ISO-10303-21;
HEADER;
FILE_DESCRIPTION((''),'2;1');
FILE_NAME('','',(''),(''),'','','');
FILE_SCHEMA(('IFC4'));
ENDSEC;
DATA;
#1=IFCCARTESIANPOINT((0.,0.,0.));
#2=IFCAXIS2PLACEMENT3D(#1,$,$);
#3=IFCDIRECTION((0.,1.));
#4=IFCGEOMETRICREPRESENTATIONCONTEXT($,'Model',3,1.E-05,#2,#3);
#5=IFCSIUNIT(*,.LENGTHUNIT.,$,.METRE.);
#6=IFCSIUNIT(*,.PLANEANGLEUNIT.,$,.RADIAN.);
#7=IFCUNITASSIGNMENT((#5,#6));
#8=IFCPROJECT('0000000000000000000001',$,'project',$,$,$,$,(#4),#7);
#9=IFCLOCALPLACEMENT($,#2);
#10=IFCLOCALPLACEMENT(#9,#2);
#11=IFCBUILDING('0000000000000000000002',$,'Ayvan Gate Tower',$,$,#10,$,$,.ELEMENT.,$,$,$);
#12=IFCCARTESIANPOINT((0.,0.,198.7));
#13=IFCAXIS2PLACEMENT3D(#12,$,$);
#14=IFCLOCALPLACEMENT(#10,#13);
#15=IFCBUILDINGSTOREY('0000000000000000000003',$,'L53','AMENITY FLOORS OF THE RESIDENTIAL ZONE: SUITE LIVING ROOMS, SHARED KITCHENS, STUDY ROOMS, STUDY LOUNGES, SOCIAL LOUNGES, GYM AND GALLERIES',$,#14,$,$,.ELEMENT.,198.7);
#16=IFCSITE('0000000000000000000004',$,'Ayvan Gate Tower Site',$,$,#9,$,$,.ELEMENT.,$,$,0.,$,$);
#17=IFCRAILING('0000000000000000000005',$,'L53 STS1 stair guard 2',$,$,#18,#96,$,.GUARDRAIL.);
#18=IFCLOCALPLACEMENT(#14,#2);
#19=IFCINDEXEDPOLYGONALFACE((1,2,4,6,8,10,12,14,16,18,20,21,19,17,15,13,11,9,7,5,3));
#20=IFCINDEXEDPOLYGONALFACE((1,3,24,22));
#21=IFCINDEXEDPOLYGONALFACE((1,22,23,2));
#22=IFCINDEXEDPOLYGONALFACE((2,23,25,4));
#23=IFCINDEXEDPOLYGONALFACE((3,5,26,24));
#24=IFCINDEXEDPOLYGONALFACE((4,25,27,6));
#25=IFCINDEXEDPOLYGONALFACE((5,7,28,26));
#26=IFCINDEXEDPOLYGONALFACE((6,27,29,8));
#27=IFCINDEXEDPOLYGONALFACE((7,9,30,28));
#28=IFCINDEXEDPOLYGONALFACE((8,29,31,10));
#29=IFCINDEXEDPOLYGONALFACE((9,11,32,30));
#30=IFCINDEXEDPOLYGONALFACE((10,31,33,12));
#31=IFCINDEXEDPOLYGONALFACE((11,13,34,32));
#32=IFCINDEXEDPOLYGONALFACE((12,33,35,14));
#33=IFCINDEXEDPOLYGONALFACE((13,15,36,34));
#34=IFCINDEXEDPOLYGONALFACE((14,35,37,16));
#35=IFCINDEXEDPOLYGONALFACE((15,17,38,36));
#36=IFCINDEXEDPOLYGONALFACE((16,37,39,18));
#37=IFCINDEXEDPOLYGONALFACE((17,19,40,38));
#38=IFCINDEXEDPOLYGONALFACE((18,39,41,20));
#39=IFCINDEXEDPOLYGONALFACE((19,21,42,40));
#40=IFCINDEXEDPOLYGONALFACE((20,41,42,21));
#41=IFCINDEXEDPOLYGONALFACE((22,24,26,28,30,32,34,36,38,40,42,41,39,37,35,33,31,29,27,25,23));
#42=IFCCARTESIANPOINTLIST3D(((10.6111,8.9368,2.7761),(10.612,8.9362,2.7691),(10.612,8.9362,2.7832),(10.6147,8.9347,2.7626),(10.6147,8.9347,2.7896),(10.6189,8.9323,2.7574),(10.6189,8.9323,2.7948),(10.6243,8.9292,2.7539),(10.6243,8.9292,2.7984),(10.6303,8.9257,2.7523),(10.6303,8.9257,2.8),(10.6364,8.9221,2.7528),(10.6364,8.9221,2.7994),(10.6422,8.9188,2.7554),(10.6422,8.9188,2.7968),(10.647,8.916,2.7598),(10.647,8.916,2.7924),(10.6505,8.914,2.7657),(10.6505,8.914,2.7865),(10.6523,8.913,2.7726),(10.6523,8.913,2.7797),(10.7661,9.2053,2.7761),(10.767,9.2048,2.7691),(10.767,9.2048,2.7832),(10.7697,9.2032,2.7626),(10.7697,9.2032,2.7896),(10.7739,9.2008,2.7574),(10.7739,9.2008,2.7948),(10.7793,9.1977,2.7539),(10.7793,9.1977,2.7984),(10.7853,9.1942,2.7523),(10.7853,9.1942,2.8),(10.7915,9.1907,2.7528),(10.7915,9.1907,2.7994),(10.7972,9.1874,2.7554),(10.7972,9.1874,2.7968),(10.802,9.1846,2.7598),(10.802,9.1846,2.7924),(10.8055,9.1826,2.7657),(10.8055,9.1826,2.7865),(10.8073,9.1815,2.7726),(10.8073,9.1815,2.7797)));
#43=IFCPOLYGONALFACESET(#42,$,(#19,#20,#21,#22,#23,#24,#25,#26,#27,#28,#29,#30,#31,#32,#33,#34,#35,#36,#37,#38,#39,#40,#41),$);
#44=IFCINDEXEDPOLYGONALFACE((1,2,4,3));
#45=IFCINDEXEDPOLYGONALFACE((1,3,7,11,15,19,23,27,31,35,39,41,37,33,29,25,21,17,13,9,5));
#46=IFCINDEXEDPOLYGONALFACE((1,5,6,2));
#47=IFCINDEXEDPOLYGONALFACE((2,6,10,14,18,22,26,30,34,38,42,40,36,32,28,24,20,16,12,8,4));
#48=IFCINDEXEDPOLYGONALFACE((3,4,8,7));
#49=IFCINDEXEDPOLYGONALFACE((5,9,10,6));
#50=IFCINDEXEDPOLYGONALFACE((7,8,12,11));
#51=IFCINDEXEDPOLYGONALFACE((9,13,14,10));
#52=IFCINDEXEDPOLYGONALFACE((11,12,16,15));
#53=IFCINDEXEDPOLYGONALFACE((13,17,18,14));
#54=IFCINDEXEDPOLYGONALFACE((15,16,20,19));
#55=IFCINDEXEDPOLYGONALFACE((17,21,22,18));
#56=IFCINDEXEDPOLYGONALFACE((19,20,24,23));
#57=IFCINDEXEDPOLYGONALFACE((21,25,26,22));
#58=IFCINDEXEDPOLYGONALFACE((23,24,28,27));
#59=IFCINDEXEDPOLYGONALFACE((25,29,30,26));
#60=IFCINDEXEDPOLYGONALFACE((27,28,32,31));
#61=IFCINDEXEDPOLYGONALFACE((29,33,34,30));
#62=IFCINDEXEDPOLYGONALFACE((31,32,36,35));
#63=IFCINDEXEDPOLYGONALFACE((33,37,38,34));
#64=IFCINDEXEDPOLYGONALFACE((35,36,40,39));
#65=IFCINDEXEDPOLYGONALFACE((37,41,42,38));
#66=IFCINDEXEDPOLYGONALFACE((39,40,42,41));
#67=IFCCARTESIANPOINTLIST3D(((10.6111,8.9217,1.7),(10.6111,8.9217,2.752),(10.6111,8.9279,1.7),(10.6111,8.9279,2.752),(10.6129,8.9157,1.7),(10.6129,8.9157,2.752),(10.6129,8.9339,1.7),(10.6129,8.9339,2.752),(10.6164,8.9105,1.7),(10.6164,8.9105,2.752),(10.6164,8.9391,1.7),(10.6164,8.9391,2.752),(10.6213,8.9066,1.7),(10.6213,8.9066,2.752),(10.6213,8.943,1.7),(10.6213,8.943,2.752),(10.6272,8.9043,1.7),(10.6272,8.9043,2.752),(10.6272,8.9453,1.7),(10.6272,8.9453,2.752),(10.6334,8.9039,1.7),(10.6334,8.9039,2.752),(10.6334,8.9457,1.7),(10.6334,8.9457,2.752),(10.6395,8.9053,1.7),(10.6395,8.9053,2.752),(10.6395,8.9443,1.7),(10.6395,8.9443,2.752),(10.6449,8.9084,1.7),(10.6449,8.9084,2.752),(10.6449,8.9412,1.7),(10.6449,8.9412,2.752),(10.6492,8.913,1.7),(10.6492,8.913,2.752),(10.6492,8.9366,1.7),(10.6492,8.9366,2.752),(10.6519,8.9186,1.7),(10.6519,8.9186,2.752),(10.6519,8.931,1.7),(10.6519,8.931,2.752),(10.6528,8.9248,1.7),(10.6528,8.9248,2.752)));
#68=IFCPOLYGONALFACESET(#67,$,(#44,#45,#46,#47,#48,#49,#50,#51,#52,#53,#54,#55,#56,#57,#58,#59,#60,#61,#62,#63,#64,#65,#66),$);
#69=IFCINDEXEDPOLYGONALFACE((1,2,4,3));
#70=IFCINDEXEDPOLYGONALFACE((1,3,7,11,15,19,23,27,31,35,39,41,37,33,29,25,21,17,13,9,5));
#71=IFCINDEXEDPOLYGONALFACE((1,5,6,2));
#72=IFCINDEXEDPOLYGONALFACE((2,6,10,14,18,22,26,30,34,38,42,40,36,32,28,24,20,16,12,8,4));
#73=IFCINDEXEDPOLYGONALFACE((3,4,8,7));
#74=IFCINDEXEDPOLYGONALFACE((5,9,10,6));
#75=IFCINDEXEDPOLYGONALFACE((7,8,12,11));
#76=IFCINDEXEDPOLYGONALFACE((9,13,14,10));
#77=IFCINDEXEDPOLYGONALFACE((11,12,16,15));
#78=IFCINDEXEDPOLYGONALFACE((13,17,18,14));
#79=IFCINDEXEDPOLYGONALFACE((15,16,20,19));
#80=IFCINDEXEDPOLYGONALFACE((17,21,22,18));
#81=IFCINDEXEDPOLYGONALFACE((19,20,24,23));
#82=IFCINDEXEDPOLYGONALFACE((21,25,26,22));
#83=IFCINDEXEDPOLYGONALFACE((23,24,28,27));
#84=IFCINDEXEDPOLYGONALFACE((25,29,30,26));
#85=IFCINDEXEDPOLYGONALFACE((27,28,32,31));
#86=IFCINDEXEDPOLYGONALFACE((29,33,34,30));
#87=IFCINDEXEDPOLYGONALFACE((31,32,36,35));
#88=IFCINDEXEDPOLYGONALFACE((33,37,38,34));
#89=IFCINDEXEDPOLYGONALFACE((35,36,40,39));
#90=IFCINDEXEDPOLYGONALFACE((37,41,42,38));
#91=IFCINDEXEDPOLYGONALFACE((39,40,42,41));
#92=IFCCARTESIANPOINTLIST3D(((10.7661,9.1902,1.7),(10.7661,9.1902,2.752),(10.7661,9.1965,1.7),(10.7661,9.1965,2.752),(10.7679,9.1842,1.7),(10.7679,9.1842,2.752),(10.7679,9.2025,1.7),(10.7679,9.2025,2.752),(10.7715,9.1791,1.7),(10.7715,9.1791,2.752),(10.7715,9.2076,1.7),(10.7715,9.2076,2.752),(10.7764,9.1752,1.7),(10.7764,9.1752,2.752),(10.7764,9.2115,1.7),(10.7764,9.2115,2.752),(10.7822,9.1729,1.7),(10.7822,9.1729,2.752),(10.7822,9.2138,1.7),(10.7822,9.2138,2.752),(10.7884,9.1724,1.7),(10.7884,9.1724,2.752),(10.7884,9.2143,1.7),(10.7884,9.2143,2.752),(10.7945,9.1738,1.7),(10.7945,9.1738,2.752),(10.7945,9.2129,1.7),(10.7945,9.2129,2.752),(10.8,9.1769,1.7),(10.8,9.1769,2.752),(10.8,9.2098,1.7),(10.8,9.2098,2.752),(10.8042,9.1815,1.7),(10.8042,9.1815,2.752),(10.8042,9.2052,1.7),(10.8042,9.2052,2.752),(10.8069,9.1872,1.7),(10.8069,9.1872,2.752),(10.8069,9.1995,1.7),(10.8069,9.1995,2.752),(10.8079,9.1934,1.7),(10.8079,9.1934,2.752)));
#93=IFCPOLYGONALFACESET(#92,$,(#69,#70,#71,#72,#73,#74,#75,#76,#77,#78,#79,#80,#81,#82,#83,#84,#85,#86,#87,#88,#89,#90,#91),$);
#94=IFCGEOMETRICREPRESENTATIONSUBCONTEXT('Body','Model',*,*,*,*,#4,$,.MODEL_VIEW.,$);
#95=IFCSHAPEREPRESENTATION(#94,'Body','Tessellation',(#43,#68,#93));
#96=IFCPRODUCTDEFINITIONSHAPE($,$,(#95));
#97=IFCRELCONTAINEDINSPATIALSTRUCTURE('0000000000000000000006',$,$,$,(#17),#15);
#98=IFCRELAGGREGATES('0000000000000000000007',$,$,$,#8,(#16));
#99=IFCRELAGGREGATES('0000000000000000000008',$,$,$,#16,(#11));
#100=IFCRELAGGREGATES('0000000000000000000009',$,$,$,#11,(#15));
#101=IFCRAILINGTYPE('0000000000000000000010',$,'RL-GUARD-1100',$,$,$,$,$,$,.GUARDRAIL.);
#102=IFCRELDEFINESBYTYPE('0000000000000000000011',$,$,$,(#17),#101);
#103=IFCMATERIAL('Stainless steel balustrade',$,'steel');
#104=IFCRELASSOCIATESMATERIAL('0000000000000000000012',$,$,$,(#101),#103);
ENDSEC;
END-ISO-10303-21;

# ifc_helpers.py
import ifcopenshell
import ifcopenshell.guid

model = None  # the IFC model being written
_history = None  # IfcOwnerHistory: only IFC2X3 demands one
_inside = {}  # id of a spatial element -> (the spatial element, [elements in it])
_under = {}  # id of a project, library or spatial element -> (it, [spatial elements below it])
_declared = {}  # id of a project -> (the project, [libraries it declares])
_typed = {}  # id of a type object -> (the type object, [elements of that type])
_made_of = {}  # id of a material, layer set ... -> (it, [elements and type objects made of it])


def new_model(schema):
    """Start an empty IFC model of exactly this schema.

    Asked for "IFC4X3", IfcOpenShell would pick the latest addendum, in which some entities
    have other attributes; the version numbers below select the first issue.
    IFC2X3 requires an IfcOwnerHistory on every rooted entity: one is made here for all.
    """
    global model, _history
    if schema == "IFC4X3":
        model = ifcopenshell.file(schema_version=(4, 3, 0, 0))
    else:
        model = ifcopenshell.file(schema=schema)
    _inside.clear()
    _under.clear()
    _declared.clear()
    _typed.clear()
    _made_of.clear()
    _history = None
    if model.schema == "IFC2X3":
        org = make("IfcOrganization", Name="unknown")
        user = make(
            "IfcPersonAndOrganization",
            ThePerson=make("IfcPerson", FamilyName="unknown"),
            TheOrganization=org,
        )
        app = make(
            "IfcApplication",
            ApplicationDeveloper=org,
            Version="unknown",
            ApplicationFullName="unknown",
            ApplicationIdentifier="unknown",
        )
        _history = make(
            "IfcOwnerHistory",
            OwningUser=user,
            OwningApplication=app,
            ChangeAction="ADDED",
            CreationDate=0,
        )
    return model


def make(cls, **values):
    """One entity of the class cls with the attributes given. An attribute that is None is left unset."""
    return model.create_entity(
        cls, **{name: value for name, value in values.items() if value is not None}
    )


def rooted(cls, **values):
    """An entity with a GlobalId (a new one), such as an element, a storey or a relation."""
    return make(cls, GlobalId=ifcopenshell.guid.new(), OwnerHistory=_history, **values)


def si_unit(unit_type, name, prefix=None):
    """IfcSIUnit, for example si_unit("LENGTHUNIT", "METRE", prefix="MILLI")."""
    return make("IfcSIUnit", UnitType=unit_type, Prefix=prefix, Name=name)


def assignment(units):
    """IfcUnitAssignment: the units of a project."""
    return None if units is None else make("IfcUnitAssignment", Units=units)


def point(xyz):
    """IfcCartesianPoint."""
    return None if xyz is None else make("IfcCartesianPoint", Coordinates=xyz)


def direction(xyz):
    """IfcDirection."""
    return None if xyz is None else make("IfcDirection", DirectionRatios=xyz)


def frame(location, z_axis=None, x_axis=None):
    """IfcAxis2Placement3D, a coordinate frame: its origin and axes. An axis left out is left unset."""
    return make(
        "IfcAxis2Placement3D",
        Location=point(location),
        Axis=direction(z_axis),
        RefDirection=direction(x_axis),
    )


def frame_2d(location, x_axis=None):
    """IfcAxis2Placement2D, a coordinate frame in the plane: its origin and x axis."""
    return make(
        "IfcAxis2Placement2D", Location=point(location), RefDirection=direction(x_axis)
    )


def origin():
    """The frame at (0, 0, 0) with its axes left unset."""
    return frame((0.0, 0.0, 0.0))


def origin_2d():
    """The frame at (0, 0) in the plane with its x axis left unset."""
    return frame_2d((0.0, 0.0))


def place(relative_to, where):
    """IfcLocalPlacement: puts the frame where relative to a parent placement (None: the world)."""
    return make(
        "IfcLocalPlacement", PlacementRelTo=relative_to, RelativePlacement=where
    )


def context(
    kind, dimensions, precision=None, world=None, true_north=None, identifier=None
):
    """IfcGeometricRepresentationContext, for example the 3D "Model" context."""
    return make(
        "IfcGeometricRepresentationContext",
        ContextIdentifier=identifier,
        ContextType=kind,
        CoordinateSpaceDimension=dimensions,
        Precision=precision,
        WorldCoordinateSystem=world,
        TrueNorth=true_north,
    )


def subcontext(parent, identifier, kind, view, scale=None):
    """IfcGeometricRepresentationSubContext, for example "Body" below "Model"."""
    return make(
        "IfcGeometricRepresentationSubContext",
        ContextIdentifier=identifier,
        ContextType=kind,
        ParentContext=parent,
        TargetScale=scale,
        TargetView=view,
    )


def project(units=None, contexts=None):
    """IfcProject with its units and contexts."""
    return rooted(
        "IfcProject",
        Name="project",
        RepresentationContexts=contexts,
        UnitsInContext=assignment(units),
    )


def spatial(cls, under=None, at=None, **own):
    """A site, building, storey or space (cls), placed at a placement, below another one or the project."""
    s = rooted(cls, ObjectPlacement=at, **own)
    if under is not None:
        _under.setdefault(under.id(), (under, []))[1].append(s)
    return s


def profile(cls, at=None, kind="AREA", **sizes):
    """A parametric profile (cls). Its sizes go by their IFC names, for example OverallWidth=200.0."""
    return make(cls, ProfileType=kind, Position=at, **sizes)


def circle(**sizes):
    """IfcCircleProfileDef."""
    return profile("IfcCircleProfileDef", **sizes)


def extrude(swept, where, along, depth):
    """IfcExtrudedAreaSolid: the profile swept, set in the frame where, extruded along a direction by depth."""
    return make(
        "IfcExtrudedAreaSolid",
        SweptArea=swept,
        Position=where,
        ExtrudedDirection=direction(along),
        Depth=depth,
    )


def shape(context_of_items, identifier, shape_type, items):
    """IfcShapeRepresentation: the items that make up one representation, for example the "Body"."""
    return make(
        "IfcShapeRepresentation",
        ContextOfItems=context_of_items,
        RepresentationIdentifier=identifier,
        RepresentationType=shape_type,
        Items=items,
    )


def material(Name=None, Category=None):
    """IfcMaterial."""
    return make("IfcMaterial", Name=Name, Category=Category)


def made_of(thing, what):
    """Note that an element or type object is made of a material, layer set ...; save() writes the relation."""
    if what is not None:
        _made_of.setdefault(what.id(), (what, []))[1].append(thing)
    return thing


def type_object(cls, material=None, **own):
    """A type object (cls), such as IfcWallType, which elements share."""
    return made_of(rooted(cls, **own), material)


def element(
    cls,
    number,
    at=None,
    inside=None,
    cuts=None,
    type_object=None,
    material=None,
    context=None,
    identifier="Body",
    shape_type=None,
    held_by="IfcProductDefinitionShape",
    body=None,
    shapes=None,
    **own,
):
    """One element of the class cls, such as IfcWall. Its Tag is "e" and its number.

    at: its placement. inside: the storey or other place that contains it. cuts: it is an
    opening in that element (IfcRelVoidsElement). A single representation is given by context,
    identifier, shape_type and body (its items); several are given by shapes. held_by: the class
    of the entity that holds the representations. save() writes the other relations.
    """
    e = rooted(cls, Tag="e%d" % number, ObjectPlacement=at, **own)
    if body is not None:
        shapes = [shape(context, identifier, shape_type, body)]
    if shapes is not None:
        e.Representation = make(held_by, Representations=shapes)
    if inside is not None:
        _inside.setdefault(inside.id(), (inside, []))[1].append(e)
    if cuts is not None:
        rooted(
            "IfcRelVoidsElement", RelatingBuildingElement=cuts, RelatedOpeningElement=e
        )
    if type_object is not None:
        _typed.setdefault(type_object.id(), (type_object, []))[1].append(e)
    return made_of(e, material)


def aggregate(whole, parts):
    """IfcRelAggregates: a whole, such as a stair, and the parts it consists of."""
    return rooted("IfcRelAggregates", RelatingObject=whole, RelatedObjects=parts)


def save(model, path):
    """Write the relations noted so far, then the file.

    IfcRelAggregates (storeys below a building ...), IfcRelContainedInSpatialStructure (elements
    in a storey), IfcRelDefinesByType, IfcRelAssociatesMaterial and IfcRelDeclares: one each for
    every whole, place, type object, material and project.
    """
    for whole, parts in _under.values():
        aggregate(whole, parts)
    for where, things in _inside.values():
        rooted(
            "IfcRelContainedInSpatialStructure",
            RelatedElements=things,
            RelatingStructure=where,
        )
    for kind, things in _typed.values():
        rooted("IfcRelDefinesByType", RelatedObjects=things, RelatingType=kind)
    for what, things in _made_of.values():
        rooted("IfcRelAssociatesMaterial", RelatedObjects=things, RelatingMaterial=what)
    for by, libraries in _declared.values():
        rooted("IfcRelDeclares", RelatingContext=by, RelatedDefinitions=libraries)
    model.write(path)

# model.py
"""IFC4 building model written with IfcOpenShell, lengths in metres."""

from ifc_helpers import new_model, si_unit, direction, frame, origin, origin_2d, place, context, subcontext, project, spatial, circle, extrude, material, type_object, element, save


model = new_model("IFC4")

# Units and contexts
model_context = context("Model", 3, precision=1e-05, world=origin(), true_north=direction((0.0, 1.0)))
body_context = subcontext(model_context, "Body", "Model", "MODEL_VIEW")
ifc_project = project(units=[si_unit("LENGTHUNIT", "METRE"), si_unit("PLANEANGLEUNIT", "RADIAN")], contexts=[model_context])

# Site, building, storey
site_placement = place(None, origin())
site = spatial("IfcSite", under=ifc_project, at=site_placement, Name="Ayvan Gate Tower Site", CompositionType="ELEMENT", RefElevation=0.0)
building_placement = place(site_placement, origin())
building = spatial("IfcBuilding", under=site, at=building_placement, Name="Ayvan Gate Tower", CompositionType="ELEMENT")
storey_placement = place(building_placement, frame((0.0, 0.0, 198.7)))
storey = spatial("IfcBuildingStorey", under=building, at=storey_placement, Name="L53", Description="AMENITY FLOORS OF THE RESIDENTIAL ZONE: SUITE LIVING ROOMS, SHARED KITCHENS, STUDY ROOMS, STUDY LOUNGES, SOCIAL LOUNGES, GYM AND GALLERIES", CompositionType="ELEMENT", Elevation=198.7)

# Railing
ifc_material_1 = material(Name="Stainless steel balustrade", Category="steel")
railing_type_1 = type_object("IfcRailingType", Name="RL-GUARD-1100", PredefinedType="GUARDRAIL", material=ifc_material_1)
railing_1_placement = place(storey_placement, frame((10.6318, 8.9248, 1.7)))
element("IfcRailing", 1, at=railing_1_placement, inside=storey, type_object=railing_type_1, Name="L53 STS1 stair guard 2", PredefinedType="GUARDRAIL", context=body_context, shape_type="SweptSolid", body=[
    extrude(circle(Radius=0.0239, at=origin_2d()), frame((0.0, 0.0, 1.0762), z_axis=(0.49995, 0.866054, 0.0), x_axis=(-0.866054, 0.49995, 0.0)), (0.0, 0.0, 1.0), 0.3101),
    extrude(circle(Radius=0.021, at=origin_2d()), origin(), (0.0, 0.0, 1.0), 1.052),
    extrude(circle(Radius=0.021, at=origin_2d()), frame((0.155, 0.2686, 0.0)), (0.0, 0.0, 1.0), 1.052),
])

save(model, "model.ifc")
